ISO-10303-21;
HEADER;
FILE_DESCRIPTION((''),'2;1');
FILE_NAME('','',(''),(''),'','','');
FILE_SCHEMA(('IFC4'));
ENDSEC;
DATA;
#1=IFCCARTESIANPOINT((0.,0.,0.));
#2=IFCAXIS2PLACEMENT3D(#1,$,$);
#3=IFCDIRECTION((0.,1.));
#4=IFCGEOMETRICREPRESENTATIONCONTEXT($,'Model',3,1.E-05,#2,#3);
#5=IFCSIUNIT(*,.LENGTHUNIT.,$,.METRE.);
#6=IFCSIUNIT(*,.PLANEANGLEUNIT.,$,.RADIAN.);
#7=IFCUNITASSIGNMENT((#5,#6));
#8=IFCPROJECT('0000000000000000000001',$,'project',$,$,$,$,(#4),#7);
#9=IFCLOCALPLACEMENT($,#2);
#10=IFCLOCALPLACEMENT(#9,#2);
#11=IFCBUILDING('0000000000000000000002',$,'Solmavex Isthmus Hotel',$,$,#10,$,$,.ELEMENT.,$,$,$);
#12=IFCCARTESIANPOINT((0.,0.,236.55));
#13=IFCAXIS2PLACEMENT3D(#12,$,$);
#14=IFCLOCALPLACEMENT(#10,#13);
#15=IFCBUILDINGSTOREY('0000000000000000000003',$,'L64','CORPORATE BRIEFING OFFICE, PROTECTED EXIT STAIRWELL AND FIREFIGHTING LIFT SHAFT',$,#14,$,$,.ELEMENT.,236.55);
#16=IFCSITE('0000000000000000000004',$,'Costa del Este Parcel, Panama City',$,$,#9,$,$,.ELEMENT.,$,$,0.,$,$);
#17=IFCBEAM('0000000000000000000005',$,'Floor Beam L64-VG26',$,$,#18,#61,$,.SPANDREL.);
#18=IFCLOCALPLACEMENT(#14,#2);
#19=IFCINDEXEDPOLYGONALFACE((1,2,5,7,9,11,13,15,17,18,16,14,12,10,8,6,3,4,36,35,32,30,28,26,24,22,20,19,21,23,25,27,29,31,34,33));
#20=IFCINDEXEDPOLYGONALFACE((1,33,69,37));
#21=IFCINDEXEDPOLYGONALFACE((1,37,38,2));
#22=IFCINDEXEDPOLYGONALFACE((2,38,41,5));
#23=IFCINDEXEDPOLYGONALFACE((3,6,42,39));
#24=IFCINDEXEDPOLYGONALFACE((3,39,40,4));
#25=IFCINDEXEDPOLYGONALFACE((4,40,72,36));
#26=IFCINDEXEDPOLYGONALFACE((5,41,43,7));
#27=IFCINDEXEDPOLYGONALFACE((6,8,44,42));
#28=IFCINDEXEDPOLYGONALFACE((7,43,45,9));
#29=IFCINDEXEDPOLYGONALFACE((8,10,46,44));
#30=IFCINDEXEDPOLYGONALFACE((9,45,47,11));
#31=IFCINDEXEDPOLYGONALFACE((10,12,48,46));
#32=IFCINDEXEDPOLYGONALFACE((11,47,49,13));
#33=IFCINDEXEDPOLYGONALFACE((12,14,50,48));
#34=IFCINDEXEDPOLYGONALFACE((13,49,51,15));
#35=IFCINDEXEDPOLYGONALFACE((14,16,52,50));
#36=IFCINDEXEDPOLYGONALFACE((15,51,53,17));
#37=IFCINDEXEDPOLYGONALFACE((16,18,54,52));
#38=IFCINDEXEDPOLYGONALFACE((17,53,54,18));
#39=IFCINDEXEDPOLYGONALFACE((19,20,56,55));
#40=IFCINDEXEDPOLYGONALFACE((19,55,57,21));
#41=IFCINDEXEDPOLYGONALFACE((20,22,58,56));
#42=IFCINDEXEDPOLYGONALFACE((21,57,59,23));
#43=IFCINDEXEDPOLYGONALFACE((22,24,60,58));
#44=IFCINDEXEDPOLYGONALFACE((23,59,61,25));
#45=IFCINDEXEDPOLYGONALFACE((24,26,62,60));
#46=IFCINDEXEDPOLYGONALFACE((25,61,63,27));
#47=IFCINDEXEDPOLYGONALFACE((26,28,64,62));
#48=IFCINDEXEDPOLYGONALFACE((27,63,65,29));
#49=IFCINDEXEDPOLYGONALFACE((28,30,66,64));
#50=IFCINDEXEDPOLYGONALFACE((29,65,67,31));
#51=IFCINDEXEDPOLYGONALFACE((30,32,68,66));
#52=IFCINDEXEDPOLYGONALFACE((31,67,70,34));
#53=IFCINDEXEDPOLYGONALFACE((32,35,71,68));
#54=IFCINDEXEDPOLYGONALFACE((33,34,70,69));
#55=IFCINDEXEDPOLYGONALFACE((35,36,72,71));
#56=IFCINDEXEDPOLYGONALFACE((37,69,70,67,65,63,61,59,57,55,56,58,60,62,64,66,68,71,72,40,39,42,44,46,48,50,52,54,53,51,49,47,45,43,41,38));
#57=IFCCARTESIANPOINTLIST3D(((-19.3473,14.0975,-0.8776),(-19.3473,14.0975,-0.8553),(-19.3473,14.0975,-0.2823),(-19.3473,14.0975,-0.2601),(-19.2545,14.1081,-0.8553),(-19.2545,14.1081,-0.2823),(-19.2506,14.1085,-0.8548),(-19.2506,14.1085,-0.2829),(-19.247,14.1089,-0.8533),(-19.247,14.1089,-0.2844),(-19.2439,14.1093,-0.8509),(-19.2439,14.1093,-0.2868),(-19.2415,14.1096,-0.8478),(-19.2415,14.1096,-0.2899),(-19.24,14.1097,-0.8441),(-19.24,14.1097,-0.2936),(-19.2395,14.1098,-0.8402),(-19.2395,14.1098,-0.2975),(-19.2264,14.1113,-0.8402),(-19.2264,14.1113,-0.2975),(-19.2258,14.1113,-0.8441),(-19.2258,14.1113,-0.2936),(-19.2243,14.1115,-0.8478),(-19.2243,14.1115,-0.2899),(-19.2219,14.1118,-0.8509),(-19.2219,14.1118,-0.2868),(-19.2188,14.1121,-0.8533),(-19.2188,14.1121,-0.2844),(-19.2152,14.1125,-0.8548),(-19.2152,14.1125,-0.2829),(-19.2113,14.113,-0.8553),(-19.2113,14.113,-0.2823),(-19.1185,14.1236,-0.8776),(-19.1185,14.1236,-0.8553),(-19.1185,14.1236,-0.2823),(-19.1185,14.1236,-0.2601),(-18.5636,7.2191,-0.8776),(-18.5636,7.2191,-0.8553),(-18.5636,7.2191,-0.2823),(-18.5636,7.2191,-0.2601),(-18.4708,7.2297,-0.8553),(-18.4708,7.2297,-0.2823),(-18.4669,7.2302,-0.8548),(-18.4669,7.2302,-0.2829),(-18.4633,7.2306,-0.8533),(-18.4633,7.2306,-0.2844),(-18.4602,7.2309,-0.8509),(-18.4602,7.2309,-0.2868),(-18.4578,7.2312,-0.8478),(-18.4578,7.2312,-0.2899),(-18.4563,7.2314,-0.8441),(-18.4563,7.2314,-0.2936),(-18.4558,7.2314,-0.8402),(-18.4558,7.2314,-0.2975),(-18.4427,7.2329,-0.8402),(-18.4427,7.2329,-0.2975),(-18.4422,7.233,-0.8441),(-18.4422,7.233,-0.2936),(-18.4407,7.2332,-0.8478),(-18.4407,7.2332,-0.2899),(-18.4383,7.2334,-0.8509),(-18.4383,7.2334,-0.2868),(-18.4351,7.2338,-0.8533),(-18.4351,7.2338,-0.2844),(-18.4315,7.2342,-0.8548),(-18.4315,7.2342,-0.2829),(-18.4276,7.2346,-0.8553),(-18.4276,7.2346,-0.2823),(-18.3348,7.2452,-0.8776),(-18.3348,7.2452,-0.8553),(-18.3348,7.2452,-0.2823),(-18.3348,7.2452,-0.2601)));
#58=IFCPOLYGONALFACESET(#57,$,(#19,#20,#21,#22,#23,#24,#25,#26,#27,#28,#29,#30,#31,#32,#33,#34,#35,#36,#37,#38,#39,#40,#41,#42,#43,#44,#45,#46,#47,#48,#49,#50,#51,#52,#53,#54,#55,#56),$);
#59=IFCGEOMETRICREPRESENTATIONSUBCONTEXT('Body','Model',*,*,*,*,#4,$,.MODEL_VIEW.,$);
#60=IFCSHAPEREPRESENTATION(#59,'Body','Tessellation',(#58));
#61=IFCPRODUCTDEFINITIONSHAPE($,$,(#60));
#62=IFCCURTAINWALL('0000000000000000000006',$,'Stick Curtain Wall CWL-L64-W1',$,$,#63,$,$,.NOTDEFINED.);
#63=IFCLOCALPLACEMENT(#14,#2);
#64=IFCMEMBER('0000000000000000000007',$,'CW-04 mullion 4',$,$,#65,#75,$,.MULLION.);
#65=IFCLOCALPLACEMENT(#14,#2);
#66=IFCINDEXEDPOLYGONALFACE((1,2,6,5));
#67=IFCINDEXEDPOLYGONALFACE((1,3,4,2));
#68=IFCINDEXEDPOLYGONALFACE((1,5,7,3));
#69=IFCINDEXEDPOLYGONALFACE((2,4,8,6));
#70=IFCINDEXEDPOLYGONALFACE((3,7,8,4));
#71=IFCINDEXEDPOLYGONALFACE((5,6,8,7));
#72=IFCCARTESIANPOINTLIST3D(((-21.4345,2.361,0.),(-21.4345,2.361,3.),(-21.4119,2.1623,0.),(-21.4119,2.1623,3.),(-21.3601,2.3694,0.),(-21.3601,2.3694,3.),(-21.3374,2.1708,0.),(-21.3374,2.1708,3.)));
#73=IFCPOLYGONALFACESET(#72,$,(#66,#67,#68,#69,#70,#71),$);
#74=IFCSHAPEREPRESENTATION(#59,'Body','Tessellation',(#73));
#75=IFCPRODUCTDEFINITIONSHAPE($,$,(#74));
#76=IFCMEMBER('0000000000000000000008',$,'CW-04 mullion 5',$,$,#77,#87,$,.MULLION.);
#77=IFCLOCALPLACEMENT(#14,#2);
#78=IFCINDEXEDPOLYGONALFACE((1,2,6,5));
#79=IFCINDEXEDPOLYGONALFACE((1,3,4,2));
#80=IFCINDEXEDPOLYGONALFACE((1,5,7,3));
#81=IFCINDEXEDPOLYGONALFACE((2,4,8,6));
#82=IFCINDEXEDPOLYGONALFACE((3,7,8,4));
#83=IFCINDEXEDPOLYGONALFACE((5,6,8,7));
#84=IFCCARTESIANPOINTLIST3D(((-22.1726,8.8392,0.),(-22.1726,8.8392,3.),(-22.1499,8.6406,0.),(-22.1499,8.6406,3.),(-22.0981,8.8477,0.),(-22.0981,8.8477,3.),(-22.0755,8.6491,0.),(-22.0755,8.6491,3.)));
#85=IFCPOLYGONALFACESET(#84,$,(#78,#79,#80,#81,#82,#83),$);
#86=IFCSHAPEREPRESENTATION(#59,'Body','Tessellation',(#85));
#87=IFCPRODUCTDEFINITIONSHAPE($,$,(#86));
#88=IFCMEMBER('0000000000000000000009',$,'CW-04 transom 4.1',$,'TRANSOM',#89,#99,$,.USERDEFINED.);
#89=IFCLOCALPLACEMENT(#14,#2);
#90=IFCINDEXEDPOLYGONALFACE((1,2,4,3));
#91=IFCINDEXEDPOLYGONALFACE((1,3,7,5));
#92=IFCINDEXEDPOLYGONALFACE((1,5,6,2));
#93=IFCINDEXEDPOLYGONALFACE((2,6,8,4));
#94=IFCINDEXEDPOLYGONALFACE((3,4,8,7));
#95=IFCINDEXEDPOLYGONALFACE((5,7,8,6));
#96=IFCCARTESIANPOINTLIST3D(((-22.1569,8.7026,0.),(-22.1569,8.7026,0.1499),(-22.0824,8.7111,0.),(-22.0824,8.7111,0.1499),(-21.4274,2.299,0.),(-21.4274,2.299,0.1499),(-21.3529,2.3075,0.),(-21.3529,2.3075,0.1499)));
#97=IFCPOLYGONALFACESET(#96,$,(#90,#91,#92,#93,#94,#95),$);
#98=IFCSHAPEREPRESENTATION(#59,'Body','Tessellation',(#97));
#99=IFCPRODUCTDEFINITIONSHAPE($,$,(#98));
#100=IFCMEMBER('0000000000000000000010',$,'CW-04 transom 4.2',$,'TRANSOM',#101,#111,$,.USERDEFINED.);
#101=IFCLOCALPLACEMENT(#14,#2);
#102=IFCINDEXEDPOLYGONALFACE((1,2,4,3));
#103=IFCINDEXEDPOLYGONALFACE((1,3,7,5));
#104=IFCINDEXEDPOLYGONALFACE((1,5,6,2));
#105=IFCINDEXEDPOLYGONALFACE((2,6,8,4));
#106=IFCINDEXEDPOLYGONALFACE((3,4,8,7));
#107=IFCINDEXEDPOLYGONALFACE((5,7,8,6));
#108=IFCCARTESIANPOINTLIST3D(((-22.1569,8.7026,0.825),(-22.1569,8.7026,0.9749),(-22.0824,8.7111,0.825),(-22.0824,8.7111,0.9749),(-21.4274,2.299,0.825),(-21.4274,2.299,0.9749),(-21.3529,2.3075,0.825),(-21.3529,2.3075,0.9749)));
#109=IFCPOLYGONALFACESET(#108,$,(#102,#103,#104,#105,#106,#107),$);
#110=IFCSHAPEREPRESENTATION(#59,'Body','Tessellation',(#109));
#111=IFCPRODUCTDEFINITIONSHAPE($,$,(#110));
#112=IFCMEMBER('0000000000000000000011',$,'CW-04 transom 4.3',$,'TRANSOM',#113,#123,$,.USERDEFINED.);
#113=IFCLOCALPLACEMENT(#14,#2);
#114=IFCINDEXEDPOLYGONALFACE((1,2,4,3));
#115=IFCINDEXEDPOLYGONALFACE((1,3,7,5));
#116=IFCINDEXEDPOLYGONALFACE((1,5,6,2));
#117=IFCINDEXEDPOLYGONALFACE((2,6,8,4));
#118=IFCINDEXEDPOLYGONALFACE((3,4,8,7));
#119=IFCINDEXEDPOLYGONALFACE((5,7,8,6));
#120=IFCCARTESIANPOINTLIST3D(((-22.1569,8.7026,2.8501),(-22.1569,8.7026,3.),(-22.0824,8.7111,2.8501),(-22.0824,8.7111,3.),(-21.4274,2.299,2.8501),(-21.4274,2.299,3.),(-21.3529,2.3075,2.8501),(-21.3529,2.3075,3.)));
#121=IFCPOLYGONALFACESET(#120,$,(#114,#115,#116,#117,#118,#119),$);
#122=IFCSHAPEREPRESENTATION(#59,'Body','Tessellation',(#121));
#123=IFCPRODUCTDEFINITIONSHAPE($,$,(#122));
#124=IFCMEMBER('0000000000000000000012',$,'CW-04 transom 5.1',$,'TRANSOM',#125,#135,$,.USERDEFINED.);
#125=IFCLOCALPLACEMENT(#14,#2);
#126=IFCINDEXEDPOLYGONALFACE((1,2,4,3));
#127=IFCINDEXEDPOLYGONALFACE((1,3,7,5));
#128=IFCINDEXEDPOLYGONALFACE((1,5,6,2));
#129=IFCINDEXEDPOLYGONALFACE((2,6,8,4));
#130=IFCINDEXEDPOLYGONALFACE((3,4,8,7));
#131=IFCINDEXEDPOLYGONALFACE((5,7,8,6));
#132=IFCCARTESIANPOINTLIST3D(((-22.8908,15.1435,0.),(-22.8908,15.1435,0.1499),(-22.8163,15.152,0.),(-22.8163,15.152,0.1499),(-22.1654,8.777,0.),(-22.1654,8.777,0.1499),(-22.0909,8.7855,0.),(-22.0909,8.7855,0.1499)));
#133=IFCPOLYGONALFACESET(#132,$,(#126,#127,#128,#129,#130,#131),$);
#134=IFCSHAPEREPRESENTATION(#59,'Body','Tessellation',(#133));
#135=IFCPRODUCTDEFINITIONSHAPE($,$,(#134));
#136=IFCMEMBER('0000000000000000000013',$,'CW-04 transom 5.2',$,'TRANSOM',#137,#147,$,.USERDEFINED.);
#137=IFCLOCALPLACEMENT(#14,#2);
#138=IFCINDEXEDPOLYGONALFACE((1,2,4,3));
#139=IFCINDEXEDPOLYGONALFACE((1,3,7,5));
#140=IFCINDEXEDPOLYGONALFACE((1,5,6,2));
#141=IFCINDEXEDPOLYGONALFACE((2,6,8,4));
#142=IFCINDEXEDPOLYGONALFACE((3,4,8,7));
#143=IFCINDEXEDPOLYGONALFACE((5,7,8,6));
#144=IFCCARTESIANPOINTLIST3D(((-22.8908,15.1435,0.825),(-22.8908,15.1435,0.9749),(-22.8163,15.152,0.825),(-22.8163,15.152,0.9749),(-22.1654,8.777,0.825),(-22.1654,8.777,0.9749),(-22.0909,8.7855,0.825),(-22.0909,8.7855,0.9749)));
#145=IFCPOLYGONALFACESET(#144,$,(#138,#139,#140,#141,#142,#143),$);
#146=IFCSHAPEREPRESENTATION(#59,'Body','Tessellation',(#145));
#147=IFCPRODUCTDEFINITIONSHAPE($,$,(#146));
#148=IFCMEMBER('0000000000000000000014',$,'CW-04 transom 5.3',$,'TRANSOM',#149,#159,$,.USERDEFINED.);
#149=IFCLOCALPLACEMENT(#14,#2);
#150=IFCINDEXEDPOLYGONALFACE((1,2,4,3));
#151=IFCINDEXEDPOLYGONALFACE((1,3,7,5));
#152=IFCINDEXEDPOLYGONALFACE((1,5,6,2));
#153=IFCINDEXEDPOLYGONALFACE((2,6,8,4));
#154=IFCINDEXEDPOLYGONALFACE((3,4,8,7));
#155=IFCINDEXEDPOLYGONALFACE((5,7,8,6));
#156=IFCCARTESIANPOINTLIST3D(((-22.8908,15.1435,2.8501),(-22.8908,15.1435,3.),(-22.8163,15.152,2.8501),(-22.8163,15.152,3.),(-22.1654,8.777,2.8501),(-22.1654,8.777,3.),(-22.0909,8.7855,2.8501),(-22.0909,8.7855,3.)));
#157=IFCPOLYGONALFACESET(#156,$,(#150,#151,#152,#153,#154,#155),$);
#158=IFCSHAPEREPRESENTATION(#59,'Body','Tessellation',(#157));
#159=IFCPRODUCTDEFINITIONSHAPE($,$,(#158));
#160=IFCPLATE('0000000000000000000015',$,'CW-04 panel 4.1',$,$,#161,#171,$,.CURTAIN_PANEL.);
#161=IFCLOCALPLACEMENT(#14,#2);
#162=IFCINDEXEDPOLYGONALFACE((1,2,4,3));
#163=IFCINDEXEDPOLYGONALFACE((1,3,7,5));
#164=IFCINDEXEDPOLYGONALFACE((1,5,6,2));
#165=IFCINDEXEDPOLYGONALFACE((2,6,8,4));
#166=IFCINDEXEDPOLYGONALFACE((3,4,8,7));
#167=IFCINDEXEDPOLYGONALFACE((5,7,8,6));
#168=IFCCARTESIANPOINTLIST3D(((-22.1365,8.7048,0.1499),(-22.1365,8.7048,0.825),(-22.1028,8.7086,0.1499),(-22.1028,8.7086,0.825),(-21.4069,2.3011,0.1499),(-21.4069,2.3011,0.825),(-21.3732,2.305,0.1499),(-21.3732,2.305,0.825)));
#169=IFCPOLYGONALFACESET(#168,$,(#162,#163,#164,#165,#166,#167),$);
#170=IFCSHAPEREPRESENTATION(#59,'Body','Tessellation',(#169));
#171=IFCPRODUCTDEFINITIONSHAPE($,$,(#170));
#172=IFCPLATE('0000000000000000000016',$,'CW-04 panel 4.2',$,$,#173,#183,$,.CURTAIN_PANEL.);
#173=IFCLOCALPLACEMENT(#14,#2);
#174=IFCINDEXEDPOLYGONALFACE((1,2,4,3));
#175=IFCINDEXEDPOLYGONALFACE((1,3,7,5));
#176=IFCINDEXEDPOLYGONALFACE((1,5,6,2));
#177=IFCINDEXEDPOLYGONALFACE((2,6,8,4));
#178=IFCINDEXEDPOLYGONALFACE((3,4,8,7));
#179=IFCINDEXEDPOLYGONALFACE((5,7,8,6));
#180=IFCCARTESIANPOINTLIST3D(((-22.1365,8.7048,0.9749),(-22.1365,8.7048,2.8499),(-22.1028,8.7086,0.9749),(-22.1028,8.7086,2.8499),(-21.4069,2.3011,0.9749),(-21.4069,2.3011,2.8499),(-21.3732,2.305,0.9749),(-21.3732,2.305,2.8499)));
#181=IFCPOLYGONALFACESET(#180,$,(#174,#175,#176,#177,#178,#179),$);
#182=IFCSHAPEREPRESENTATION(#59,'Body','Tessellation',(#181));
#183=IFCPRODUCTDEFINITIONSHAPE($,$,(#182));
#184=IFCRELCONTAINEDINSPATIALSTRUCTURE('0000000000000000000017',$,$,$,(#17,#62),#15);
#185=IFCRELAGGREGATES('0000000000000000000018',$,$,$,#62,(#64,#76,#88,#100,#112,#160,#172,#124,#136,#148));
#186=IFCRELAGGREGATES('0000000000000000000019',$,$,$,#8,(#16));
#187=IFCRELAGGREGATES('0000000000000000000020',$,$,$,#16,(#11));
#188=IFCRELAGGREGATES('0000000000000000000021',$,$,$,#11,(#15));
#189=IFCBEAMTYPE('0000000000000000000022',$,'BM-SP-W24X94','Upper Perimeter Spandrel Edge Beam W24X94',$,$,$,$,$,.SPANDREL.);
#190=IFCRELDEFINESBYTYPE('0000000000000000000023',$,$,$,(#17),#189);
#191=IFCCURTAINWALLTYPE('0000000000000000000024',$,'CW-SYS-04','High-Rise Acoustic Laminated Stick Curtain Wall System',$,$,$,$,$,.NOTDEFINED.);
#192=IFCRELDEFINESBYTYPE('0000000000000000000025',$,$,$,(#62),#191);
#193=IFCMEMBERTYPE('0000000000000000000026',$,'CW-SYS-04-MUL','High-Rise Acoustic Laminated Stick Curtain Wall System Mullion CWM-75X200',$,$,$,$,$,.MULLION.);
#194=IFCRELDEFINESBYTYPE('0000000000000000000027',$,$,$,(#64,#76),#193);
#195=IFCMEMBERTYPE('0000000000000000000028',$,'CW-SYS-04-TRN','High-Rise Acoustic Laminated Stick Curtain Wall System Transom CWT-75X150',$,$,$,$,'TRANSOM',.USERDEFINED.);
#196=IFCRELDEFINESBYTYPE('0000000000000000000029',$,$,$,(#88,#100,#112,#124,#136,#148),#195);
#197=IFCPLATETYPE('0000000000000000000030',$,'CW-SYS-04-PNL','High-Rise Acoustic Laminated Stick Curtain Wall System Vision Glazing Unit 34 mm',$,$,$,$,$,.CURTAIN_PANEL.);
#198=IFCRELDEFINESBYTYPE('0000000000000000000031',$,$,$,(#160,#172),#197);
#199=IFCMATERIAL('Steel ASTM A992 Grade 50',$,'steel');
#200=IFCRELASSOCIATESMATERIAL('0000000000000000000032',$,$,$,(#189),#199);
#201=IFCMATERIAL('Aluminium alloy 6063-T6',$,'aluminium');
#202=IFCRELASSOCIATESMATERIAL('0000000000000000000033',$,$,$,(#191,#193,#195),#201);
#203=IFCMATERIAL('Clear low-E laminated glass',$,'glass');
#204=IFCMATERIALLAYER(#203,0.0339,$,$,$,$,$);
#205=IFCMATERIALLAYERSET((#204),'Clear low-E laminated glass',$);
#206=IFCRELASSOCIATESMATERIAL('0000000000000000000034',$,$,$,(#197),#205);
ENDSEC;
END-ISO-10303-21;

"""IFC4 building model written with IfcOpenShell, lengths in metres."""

from ifc_helpers import new_model, si_unit, direction, frame, origin, origin_2d, place, context, subcontext, project, spatial, rectangle, i_section, extrude, material, layer, layer_set, material_profile, profile_set, type_object, element, aggregate, save


model = new_model("IFC4")

# Units and contexts
model_context = context("Model", 3, precision=1e-05, world=origin(), true_north=direction((0.0, 1.0)))
body_context = subcontext(model_context, "Body", "Model", "MODEL_VIEW")
ifc_project = project(units=[si_unit("LENGTHUNIT", "METRE"), si_unit("PLANEANGLEUNIT", "RADIAN")], contexts=[model_context])

# Site, building, storey
site_placement = place(None, origin())
site = spatial("IfcSite", under=ifc_project, at=site_placement, Name="Costa del Este Parcel, Panama City", CompositionType="ELEMENT", RefElevation=0.0)
building_placement = place(site_placement, origin())
building = spatial("IfcBuilding", under=site, at=building_placement, Name="Solmavex Isthmus Hotel", CompositionType="ELEMENT")
storey_placement = place(building_placement, frame((0.0, 0.0, 236.55)))
storey = spatial("IfcBuildingStorey", under=building, at=storey_placement, Name="L64", Description="CORPORATE BRIEFING OFFICE, PROTECTED EXIT STAIRWELL AND FIREFIGHTING LIFT SHAFT", CompositionType="ELEMENT", Elevation=236.55)

# Beam
ifc_material_1 = material(Name="Steel ASTM A992 Grade 50", Category="steel")
ifc_material_profile_1 = material_profile(ifc_material_1, i_section(OverallWidth=0.2302, OverallDepth=0.6174, WebThickness=0.0132, FlangeThickness=0.0222, FilletRadius=0.0151, at=origin_2d()), Name="W24X94")
ifc_profile_set_1 = profile_set([ifc_material_profile_1], Name="Steel ASTM A992 Grade 50")
beam_type_1 = type_object("IfcBeamType", Name="BM-SP-W24X94", Description="Upper Perimeter Spandrel Edge Beam W24X94", PredefinedType="SPANDREL", material=ifc_profile_set_1)
beam_1_placement = place(storey_placement, frame((-18.4492, 7.2322, -0.5688), z_axis=(-0.113202, 0.993572, 0.0), x_axis=(-0.993572, -0.113202, 0.0)))
element("IfcBeam", 1, at=beam_1_placement, inside=storey, type_object=beam_type_1, Name="Floor Beam L64-VG26", PredefinedType="SPANDREL", context=body_context, shape_type="SweptSolid", body=[
    extrude(i_section(OverallWidth=0.2302, OverallDepth=0.6174, WebThickness=0.0132, FlangeThickness=0.0222, FilletRadius=0.0151, at=origin_2d()), origin(), (0.0, 0.0, 1.0), 6.9229),
])

# Curtain wall, members, plates
ifc_material_2 = material(Name="Aluminium alloy 6063-T6", Category="aluminium")
curtain_wall_type = type_object("IfcCurtainWallType", Name="CW-SYS-04", Description="High-Rise Acoustic Laminated Stick Curtain Wall System", PredefinedType="NOTDEFINED", material=ifc_material_2)
curtain_wall_placement = place(storey_placement, origin())
curtain_wall = element("IfcCurtainWall", 2, at=curtain_wall_placement, inside=storey, type_object=curtain_wall_type, Name="Stick Curtain Wall CWL-L64-W1", PredefinedType="NOTDEFINED")
ifc_material_profile_2 = material_profile(ifc_material_2, rectangle(XDim=0.075, YDim=0.2, at=origin_2d()), Name="CWM-75X200")
ifc_profile_set_2 = profile_set([ifc_material_profile_2], Name="Aluminium alloy 6063-T6")
member_type_1 = type_object("IfcMemberType", Name="CW-SYS-04-MUL", Description="High-Rise Acoustic Laminated Stick Curtain Wall System Mullion CWM-75X200", PredefinedType="MULLION", material=ifc_profile_set_2)
member_1_placement = place(storey_placement, frame((-21.386, 2.2659, 0.0), z_axis=(0.0, 0.0, 1.0), x_axis=(-0.993572, -0.113203, 0.0)))
member_1 = element("IfcMember", 3, at=member_1_placement, type_object=member_type_1, Name="CW-04 mullion 4", PredefinedType="MULLION", context=body_context, shape_type="SweptSolid", body=[
    extrude(rectangle(XDim=0.075, YDim=0.2, at=origin_2d()), origin(), (0.0, 0.0, 1.0), 3.0),
])
member_2_placement = place(storey_placement, frame((-22.124, 8.7441, 0.0), z_axis=(0.0, 0.0, 1.0), x_axis=(-0.993572, -0.113203, 0.0)))
member_2 = element("IfcMember", 4, at=member_2_placement, type_object=member_type_1, Name="CW-04 mullion 5", PredefinedType="MULLION", context=body_context, shape_type="SweptSolid", body=[
    extrude(rectangle(XDim=0.075, YDim=0.2, at=origin_2d()), origin(), (0.0, 0.0, 1.0), 3.0),
])
ifc_material_profile_3 = material_profile(ifc_material_2, rectangle(XDim=0.075, YDim=0.1499, at=origin_2d()), Name="CWT-75X150")
ifc_profile_set_3 = profile_set([ifc_material_profile_3], Name="Aluminium alloy 6063-T6")
member_type_2 = type_object("IfcMemberType", Name="CW-SYS-04-TRN", Description="High-Rise Acoustic Laminated Stick Curtain Wall System Transom CWT-75X150", ElementType="TRANSOM", PredefinedType="USERDEFINED", material=ifc_profile_set_3)
member_3_placement = place(storey_placement, frame((-21.3901, 2.3032, 0.075), z_axis=(-0.113188, 0.993574, 0.0), x_axis=(-0.993574, -0.113188, 0.0)))
member_3 = element("IfcMember", 5, at=member_3_placement, type_object=member_type_2, Name="CW-04 transom 4.1", ObjectType="TRANSOM", PredefinedType="USERDEFINED", context=body_context, shape_type="SweptSolid", body=[
    extrude(rectangle(XDim=0.075, YDim=0.1499, at=origin_2d()), origin(), (0.0, 0.0, 1.0), 6.4451),
])
member_4_placement = place(storey_placement, frame((-21.3901, 2.3032, 0.8999), z_axis=(-0.113188, 0.993574, 0.0), x_axis=(-0.993574, -0.113188, 0.0)))
member_4 = element("IfcMember", 6, at=member_4_placement, type_object=member_type_2, Name="CW-04 transom 4.2", ObjectType="TRANSOM", PredefinedType="USERDEFINED", context=body_context, shape_type="SweptSolid", body=[
    extrude(rectangle(XDim=0.075, YDim=0.1499, at=origin_2d()), origin(), (0.0, 0.0, 1.0), 6.4451),
])
member_5_placement = place(storey_placement, frame((-21.3901, 2.3032, 2.925), z_axis=(-0.113188, 0.993574, 0.0), x_axis=(-0.993574, -0.113188, 0.0)))
member_5 = element("IfcMember", 7, at=member_5_placement, type_object=member_type_2, Name="CW-04 transom 4.3", ObjectType="TRANSOM", PredefinedType="USERDEFINED", context=body_context, shape_type="SweptSolid", body=[
    extrude(rectangle(XDim=0.075, YDim=0.1499, at=origin_2d()), origin(), (0.0, 0.0, 1.0), 6.4451),
])
member_6_placement = place(storey_placement, frame((-22.1282, 8.7812, 0.075), z_axis=(-0.113199, 0.993572, 0.0), x_axis=(-0.993572, -0.113199, 0.0)))
member_6 = element("IfcMember", 8, at=member_6_placement, type_object=member_type_2, Name="CW-04 transom 5.1", ObjectType="TRANSOM", PredefinedType="USERDEFINED", context=body_context, shape_type="SweptSolid", body=[
    extrude(rectangle(XDim=0.075, YDim=0.1499, at=origin_2d()), origin(), (0.0, 0.0, 1.0), 6.4077),
])
member_7_placement = place(storey_placement, frame((-22.1282, 8.7812, 0.8999), z_axis=(-0.113199, 0.993572, 0.0), x_axis=(-0.993572, -0.113199, 0.0)))
member_7 = element("IfcMember", 9, at=member_7_placement, type_object=member_type_2, Name="CW-04 transom 5.2", ObjectType="TRANSOM", PredefinedType="USERDEFINED", context=body_context, shape_type="SweptSolid", body=[
    extrude(rectangle(XDim=0.075, YDim=0.1499, at=origin_2d()), origin(), (0.0, 0.0, 1.0), 6.4077),
])
member_8_placement = place(storey_placement, frame((-22.1282, 8.7812, 2.925), z_axis=(-0.113199, 0.993572, 0.0), x_axis=(-0.993572, -0.113199, 0.0)))
member_8 = element("IfcMember", 10, at=member_8_placement, type_object=member_type_2, Name="CW-04 transom 5.3", ObjectType="TRANSOM", PredefinedType="USERDEFINED", context=body_context, shape_type="SweptSolid", body=[
    extrude(rectangle(XDim=0.075, YDim=0.1499, at=origin_2d()), origin(), (0.0, 0.0, 1.0), 6.4077),
])
ifc_material_3 = material(Name="Clear low-E laminated glass", Category="glass")
ifc_layer_1 = layer(ifc_material_3, 0.0339)
ifc_layer_set_1 = layer_set([ifc_layer_1], Name="Clear low-E laminated glass")
plate_type = type_object("IfcPlateType", Name="CW-SYS-04-PNL", Description="High-Rise Acoustic Laminated Stick Curtain Wall System Vision Glazing Unit 34 mm", PredefinedType="CURTAIN_PANEL", material=ifc_layer_set_1)
plate_1_placement = place(storey_placement, frame((-21.7549, 5.5049, 0.1499), z_axis=(0.0, 0.0, 1.0), x_axis=(-0.113203, 0.993572, 0.0)))
plate_1 = element("IfcPlate", 11, at=plate_1_placement, type_object=plate_type, Name="CW-04 panel 4.1", PredefinedType="CURTAIN_PANEL", context=body_context, shape_type="SweptSolid", body=[
    extrude(rectangle(XDim=6.4451, YDim=0.0339, at=origin_2d()), origin(), (0.0, 0.0, 1.0), 0.675),
])
plate_2_placement = place(storey_placement, frame((-21.7549, 5.5049, 0.9749), z_axis=(0.0, 0.0, 1.0), x_axis=(-0.113203, 0.993572, 0.0)))
plate_2 = element("IfcPlate", 12, at=plate_2_placement, type_object=plate_type, Name="CW-04 panel 4.2", PredefinedType="CURTAIN_PANEL", context=body_context, shape_type="SweptSolid", body=[
    extrude(rectangle(XDim=6.4451, YDim=0.0339, at=origin_2d()), origin(), (0.0, 0.0, 1.0), 1.875),
])
aggregate(curtain_wall, [member_1, member_2, member_3, member_4, member_5, plate_1, plate_2, member_6, member_7, member_8])

save(model, "model.ifc")
